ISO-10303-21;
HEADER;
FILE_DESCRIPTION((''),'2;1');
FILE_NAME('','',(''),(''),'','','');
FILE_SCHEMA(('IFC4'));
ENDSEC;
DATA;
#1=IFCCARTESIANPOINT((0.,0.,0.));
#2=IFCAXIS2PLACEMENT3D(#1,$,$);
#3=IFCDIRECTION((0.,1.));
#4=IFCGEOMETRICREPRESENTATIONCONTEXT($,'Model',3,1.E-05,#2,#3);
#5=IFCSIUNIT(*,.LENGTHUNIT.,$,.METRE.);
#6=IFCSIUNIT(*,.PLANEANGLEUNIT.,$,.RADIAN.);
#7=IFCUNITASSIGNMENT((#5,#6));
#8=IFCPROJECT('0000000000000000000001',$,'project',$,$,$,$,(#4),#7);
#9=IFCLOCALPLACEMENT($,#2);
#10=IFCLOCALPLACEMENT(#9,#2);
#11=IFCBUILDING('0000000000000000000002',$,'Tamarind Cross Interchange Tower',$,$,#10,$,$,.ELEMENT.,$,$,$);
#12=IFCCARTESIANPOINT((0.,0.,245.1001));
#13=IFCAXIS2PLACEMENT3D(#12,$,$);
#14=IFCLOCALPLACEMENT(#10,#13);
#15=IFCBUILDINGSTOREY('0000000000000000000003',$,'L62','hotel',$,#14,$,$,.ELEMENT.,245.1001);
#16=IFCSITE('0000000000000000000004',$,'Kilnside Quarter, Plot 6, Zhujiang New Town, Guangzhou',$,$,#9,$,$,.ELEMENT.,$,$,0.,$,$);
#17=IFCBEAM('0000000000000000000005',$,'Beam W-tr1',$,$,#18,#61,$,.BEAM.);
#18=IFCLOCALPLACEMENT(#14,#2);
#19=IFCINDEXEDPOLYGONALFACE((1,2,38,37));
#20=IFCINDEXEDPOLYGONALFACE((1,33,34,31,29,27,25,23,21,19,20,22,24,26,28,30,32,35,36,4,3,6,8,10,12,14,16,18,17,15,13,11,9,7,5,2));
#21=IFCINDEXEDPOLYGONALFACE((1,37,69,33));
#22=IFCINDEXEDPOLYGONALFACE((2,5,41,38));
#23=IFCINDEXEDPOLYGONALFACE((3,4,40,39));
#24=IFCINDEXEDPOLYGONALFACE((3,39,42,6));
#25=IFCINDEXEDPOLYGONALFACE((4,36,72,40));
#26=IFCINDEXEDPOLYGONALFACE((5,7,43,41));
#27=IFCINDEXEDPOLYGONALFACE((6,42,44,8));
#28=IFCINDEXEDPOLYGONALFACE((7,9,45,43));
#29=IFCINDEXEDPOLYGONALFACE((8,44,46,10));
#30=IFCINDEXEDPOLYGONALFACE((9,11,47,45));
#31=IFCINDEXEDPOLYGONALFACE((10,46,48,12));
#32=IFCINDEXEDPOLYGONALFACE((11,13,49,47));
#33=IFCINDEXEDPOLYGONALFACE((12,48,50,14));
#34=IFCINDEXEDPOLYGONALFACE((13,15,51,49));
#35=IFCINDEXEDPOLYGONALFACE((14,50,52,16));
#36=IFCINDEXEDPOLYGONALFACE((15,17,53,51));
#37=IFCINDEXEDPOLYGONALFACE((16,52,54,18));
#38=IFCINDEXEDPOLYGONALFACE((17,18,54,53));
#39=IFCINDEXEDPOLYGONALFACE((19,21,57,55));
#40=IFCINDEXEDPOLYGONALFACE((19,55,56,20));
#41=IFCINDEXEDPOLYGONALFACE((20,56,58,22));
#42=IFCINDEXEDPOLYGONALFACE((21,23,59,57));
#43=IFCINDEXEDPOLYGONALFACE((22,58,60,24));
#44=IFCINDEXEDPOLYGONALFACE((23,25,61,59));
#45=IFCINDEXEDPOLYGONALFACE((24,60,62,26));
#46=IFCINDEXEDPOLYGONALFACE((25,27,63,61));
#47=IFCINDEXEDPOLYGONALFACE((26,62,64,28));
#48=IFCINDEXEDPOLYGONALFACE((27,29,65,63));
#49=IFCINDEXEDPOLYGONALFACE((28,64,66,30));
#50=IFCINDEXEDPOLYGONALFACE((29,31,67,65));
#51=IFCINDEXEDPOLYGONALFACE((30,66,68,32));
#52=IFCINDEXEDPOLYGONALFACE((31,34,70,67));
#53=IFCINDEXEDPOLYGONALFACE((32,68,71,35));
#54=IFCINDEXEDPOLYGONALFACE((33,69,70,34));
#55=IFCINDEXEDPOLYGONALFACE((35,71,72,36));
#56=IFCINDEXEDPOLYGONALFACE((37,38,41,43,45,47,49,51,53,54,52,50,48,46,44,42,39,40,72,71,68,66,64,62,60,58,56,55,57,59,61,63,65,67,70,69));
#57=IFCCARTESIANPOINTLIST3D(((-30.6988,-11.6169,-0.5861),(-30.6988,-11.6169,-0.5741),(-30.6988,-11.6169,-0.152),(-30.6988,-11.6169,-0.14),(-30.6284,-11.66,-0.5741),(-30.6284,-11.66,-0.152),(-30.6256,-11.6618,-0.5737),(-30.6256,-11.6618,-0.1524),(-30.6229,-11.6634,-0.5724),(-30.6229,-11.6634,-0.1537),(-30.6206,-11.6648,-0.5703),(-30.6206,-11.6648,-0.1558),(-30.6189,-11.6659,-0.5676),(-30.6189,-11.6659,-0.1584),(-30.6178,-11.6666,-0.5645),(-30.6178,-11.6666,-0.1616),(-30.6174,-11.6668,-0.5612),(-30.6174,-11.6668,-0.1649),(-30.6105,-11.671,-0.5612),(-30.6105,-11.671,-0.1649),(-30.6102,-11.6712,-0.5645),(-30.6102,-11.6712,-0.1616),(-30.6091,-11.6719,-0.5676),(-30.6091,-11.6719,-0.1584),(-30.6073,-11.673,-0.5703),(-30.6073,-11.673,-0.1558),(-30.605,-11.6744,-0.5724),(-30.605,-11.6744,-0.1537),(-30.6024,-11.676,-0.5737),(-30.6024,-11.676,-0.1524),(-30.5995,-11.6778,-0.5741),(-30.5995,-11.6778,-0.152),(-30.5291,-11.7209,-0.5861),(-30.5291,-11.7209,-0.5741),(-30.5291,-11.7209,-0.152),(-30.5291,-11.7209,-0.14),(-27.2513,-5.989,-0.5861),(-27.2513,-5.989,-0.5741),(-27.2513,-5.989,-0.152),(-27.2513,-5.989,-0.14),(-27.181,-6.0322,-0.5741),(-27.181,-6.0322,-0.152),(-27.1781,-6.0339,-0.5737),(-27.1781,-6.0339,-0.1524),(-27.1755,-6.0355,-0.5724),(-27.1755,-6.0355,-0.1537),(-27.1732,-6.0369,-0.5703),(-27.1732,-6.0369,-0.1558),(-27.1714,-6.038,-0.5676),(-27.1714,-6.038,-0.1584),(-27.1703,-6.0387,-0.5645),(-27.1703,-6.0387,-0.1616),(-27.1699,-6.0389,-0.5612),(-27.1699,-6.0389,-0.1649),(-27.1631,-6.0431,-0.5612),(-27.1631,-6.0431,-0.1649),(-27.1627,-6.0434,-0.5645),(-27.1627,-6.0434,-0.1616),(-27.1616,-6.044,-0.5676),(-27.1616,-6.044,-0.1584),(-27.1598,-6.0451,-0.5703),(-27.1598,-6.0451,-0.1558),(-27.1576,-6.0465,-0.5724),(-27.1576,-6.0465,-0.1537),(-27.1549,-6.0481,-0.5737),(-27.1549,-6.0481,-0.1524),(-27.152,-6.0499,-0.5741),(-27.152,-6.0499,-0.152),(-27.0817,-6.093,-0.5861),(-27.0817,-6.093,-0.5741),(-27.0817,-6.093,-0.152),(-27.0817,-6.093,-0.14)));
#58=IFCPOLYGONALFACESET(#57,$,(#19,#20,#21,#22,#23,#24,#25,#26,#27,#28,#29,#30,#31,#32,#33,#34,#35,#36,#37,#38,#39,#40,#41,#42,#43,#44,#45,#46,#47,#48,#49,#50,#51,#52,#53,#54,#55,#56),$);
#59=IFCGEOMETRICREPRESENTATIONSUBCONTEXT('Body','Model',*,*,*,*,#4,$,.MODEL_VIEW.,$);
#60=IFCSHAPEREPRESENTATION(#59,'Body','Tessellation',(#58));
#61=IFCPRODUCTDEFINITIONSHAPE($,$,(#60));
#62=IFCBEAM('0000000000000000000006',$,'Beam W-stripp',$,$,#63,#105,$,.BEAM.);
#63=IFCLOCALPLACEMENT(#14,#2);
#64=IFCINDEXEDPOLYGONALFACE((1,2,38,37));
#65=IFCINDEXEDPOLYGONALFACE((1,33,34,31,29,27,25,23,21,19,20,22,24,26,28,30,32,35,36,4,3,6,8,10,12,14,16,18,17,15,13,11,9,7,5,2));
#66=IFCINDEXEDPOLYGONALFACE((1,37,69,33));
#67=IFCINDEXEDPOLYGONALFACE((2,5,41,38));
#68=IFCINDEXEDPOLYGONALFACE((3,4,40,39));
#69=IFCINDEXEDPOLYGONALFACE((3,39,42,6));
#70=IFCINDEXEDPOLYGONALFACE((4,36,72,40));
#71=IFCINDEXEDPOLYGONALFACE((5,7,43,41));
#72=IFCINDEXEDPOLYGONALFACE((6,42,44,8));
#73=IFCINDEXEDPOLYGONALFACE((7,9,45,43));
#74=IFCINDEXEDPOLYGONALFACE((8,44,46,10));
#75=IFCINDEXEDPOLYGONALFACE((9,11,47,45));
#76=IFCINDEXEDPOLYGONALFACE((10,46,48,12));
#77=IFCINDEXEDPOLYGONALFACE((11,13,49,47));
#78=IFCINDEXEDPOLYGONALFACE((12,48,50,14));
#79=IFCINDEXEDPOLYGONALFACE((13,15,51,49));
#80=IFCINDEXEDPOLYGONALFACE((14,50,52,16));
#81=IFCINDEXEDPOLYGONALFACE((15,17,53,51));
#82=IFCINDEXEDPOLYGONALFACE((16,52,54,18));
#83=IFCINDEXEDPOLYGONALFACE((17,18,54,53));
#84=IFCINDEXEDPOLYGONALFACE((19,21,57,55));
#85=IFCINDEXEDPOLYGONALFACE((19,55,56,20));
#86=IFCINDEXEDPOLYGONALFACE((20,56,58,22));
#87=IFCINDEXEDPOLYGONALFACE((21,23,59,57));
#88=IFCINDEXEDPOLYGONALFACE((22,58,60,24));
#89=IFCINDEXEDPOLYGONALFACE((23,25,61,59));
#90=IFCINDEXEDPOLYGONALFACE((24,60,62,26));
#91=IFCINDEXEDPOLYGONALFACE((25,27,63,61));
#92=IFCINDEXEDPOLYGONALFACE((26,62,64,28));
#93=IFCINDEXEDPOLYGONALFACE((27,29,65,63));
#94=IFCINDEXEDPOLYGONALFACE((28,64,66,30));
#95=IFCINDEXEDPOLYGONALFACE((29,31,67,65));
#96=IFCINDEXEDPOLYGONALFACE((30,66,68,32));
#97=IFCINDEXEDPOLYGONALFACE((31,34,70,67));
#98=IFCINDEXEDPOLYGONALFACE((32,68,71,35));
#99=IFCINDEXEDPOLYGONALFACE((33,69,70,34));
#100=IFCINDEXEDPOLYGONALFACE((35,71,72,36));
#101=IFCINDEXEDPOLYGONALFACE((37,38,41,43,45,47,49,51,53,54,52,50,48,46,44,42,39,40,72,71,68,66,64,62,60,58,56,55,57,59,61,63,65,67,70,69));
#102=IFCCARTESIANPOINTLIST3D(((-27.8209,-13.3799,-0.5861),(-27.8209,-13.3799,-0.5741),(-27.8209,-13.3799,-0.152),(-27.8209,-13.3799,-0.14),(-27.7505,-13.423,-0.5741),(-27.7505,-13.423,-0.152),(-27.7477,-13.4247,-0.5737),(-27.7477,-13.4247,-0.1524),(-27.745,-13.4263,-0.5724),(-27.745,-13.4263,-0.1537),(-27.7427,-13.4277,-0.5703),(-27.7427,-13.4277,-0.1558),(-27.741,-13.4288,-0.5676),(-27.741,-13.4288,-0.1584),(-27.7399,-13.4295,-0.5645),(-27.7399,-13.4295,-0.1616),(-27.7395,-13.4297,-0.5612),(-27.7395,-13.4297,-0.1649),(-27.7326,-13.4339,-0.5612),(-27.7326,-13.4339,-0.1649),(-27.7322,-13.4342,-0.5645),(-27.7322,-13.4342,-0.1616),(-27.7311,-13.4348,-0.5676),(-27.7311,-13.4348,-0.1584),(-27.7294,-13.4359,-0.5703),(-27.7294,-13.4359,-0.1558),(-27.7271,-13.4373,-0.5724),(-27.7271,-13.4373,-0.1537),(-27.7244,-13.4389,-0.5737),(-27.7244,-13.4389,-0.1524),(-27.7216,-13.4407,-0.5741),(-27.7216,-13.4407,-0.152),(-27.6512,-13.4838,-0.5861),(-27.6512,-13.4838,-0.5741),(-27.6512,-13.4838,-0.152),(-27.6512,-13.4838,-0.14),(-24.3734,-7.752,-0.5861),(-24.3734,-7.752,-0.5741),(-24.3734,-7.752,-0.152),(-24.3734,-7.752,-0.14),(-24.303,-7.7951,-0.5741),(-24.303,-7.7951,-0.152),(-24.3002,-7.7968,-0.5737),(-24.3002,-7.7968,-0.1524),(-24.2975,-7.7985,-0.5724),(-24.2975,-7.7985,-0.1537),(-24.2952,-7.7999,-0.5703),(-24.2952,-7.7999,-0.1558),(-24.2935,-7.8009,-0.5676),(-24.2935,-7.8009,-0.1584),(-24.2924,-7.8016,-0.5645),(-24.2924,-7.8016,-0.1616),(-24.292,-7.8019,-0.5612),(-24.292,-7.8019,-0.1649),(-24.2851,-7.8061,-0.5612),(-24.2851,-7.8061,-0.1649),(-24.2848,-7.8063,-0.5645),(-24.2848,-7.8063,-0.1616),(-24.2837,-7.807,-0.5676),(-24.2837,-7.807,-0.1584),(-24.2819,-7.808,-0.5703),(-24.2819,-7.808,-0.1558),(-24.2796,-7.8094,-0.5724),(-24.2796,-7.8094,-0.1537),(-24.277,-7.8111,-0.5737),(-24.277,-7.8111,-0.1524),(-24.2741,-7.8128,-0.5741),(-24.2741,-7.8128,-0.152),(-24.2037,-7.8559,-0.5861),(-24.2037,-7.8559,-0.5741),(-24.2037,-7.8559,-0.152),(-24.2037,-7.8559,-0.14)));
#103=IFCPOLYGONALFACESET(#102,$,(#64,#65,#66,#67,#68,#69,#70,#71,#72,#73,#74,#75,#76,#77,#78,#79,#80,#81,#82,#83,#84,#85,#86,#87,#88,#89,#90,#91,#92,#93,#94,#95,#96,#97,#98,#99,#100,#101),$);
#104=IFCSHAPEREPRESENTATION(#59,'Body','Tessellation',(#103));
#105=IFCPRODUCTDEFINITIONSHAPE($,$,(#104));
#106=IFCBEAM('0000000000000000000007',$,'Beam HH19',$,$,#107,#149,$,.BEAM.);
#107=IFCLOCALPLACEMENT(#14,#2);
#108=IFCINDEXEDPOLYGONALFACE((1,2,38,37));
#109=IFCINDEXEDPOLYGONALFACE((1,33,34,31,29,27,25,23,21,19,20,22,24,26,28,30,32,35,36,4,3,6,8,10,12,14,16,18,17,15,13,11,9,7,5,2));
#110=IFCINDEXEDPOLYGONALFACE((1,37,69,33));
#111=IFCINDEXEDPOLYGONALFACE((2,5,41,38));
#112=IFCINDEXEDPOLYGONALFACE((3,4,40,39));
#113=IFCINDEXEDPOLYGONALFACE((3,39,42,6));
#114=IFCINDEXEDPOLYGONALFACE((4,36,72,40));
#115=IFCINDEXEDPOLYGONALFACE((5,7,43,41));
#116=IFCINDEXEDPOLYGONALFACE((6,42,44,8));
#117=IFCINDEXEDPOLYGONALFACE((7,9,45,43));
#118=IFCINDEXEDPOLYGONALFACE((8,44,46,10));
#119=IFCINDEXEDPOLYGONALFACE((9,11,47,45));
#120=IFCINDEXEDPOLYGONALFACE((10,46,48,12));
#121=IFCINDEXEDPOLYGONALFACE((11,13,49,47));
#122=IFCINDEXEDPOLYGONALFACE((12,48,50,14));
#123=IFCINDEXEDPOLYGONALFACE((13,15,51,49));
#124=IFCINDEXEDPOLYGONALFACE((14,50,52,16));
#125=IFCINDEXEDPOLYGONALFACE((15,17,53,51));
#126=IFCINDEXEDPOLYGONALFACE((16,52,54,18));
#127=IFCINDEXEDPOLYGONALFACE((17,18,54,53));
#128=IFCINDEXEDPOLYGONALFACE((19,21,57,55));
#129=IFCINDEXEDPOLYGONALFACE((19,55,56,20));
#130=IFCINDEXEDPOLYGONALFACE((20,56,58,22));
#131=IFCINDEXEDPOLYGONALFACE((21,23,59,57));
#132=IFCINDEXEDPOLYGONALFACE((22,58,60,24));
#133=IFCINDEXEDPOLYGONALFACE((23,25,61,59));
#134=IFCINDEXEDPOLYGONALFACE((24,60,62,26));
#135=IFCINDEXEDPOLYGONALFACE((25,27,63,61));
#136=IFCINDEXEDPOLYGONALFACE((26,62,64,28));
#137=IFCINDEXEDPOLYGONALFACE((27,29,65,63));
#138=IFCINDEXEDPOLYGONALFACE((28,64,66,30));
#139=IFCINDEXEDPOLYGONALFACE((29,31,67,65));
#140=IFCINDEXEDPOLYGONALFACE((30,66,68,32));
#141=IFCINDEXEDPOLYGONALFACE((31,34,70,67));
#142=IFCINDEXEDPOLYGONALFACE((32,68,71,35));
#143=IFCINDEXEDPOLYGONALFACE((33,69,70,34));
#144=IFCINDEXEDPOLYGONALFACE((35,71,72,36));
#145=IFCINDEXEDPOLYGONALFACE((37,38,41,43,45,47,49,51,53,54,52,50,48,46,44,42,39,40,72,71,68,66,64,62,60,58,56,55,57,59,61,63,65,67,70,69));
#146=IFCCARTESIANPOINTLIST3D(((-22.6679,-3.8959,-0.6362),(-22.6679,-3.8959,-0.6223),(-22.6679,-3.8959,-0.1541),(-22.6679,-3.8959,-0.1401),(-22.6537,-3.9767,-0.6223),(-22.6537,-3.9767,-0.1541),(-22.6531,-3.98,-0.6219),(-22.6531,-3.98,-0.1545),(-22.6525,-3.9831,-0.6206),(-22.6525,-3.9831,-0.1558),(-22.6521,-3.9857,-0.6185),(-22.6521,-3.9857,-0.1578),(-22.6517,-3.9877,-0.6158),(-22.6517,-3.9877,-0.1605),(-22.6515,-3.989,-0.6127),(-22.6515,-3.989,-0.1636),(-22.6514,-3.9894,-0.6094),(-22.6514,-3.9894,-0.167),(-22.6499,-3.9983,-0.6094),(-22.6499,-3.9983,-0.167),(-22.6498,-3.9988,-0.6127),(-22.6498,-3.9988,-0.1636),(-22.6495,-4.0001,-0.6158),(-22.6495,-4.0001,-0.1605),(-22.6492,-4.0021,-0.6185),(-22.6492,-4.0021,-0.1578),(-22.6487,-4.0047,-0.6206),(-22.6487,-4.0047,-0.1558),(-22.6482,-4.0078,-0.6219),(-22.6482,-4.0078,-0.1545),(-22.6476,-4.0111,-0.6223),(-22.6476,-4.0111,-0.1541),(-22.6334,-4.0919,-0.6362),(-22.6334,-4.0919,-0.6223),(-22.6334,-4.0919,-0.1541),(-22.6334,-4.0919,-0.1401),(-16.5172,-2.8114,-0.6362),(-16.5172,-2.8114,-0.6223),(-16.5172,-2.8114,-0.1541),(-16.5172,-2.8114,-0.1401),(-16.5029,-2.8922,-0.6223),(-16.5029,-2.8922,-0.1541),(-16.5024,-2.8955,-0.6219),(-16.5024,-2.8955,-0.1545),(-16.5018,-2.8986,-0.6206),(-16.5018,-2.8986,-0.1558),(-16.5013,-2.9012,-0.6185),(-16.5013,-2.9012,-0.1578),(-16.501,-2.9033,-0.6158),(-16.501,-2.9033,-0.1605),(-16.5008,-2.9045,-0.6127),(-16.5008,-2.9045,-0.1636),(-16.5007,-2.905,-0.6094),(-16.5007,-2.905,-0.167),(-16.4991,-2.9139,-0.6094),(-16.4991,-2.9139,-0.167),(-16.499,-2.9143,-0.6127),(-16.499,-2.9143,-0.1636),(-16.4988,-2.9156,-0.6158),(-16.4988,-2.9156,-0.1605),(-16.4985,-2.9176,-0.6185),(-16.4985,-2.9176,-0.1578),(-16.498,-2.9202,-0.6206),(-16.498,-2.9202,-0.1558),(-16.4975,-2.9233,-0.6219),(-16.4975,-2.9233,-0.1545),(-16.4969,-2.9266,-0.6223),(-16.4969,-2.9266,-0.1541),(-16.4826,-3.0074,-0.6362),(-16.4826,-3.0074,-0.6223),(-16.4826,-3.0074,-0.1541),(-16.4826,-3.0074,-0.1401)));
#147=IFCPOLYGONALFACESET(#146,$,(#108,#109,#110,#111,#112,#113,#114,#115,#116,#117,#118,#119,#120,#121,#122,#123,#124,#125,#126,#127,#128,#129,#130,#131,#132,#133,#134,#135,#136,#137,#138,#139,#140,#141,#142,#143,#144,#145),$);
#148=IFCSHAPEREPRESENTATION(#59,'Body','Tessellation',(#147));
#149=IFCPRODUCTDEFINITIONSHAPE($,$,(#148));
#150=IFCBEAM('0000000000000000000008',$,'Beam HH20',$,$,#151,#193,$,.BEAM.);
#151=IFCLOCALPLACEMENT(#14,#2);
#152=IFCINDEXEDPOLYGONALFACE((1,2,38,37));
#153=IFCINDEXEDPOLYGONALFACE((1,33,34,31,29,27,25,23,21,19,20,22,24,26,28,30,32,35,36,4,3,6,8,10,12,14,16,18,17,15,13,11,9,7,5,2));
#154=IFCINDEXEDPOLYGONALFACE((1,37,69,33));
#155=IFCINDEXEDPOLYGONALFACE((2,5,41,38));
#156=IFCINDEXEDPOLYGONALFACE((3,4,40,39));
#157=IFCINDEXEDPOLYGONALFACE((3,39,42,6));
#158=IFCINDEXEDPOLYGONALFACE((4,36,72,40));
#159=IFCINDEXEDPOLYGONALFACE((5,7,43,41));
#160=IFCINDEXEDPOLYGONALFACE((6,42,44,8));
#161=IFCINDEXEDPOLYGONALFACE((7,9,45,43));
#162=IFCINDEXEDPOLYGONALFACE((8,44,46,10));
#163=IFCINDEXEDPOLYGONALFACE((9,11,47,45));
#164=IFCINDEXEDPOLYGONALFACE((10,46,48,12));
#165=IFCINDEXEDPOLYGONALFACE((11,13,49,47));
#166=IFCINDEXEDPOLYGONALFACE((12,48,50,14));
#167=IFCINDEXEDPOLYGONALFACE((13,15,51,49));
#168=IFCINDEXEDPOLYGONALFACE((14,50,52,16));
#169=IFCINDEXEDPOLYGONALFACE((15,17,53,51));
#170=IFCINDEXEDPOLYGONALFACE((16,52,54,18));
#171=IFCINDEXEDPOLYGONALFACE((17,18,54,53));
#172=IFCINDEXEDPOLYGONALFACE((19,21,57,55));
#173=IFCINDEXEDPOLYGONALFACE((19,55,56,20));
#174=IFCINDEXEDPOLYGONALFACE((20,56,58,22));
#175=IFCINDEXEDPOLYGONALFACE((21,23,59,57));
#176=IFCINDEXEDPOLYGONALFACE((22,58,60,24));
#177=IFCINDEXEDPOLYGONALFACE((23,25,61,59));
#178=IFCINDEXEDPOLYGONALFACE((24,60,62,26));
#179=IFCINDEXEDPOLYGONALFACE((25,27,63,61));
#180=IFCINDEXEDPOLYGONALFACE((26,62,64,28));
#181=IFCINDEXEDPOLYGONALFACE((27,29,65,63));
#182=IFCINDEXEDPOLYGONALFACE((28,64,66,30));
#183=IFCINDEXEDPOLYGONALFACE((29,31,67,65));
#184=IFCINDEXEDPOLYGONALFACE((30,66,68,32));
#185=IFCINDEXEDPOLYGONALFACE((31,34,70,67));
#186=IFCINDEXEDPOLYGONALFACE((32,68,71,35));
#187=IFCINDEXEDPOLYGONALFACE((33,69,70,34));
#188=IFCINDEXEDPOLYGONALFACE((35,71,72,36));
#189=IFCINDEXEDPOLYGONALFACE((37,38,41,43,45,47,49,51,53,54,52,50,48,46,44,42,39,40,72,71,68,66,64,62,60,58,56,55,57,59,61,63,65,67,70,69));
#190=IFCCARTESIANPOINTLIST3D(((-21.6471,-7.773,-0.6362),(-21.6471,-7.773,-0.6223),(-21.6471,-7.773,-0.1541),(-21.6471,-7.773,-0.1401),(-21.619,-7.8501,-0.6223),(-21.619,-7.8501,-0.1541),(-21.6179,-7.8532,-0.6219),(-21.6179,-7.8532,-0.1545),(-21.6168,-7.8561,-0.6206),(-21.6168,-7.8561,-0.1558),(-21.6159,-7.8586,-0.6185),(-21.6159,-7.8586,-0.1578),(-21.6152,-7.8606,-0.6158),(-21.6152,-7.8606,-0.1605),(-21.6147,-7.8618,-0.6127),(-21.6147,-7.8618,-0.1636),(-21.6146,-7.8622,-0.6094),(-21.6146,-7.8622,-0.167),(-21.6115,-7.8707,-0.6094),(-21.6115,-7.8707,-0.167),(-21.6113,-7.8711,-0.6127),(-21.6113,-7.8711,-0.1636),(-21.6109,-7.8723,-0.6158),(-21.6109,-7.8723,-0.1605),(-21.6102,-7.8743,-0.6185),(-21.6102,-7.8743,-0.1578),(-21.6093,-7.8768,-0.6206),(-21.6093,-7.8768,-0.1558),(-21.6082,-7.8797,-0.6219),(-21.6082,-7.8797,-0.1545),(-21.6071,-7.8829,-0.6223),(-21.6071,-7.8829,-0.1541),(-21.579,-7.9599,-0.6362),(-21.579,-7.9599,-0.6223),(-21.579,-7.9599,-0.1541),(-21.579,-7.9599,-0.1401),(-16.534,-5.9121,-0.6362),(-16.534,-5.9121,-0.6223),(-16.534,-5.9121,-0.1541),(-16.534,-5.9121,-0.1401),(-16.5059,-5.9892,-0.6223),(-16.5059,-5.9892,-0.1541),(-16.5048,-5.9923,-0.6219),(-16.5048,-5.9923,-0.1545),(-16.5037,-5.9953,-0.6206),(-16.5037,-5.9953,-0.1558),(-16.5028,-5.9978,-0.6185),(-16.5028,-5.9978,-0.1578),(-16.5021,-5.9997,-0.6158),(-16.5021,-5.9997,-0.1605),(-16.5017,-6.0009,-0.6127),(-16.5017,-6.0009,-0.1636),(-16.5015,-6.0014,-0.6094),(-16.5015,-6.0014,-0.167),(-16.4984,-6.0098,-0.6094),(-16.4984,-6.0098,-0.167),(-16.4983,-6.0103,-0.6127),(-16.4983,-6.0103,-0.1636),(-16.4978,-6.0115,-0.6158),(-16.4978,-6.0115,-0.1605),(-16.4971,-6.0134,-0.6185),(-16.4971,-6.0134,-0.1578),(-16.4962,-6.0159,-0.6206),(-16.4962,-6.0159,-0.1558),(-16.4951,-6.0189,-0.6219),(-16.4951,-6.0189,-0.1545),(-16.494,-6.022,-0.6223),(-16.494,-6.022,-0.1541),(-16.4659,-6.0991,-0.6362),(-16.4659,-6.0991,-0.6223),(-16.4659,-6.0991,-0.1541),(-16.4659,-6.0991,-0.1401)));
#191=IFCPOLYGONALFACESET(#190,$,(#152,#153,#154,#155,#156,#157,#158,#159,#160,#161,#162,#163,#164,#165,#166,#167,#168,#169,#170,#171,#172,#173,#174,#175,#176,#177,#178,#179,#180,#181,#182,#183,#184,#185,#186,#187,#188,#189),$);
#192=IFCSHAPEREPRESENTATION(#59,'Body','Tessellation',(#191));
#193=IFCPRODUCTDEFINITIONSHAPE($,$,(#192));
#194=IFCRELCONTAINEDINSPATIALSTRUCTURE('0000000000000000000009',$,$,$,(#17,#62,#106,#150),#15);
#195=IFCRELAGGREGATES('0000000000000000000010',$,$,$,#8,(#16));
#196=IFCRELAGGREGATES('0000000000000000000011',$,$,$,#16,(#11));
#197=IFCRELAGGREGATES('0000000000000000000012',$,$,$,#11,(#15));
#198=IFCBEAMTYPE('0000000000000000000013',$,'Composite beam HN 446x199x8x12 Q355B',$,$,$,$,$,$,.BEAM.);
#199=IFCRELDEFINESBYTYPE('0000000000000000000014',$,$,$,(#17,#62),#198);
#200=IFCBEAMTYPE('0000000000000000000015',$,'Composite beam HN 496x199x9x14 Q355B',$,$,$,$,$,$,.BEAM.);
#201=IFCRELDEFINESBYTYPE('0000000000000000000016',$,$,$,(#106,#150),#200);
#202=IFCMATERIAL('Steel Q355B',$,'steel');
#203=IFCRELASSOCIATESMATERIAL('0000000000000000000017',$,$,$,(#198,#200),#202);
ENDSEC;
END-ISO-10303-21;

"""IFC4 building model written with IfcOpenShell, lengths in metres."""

from ifc_helpers import new_model, si_unit, direction, frame, origin, origin_2d, place, context, subcontext, project, spatial, i_section, extrude, material, material_profile, profile_set, type_object, element, save


model = new_model("IFC4")

# Units and contexts
model_context = context("Model", 3, precision=1e-05, world=origin(), true_north=direction((0.0, 1.0)))
body_context = subcontext(model_context, "Body", "Model", "MODEL_VIEW")
ifc_project = project(units=[si_unit("LENGTHUNIT", "METRE"), si_unit("PLANEANGLEUNIT", "RADIAN")], contexts=[model_context])

# Site, building, storey
site_placement = place(None, origin())
site = spatial("IfcSite", under=ifc_project, at=site_placement, Name="Kilnside Quarter, Plot 6, Zhujiang New Town, Guangzhou", CompositionType="ELEMENT", RefElevation=0.0)
building_placement = place(site_placement, origin())
building = spatial("IfcBuilding", under=site, at=building_placement, Name="Tamarind Cross Interchange Tower", CompositionType="ELEMENT")
storey_placement = place(building_placement, frame((0.0, 0.0, 245.1001)))
storey = spatial("IfcBuildingStorey", under=building, at=storey_placement, Name="L62", Description="hotel", CompositionType="ELEMENT", Elevation=245.1001)

# Beams
ifc_material_1 = material(Name="Steel Q355B", Category="steel")
ifc_material_profile_1 = material_profile(ifc_material_1, i_section(OverallWidth=0.199, OverallDepth=0.446, WebThickness=0.0081, FlangeThickness=0.012, FilletRadius=0.0129, at=origin_2d()), Name="HN 446x199x8x12")
ifc_profile_set_1 = profile_set([ifc_material_profile_1], Name="Steel Q355B")
beam_type_1 = type_object("IfcBeamType", Name="Composite beam HN 446x199x8x12 Q355B", PredefinedType="BEAM", material=ifc_profile_set_1)
for number, where, z_axis, x_axis, name in (
    (1, (-27.1665, -6.041, -0.363), (-0.522356, -0.852727, 0.0), (0.852727, -0.522356, 0.0), "Beam W-tr1"),
    (2, (-24.2886, -7.804, -0.363), (-0.522356, -0.852727, 0.0), (0.852727, -0.522356, 0.0), "Beam W-stripp"),
):
    element("IfcBeam", number, at=place(storey_placement, frame(where, z_axis=z_axis, x_axis=x_axis)), inside=storey, type_object=beam_type_1, Name=name, PredefinedType="BEAM", context=body_context, shape_type="SweptSolid", body=[
        extrude(i_section(OverallWidth=0.199, OverallDepth=0.446, WebThickness=0.0081, FlangeThickness=0.012, FilletRadius=0.0129, at=origin_2d()), origin(), (0.0, 0.0, 1.0), 6.5999),
    ])
ifc_material_profile_2 = material_profile(ifc_material_1, i_section(OverallWidth=0.199, OverallDepth=0.4961, WebThickness=0.009, FlangeThickness=0.0139, FilletRadius=0.0129, at=origin_2d()), Name="HN 496x199x9x14")
ifc_profile_set_2 = profile_set([ifc_material_profile_2], Name="Steel Q355B")
beam_type_2 = type_object("IfcBeamType", Name="Composite beam HN 496x199x9x14 Q355B", PredefinedType="BEAM", material=ifc_profile_set_2)
beam_1_placement = place(storey_placement, frame((-22.6506, -3.9939, -0.3882), z_axis=(0.984809, 0.17364, 0.0), x_axis=(-0.17364, 0.984809, 0.0)))
element("IfcBeam", 3, at=beam_1_placement, inside=storey, type_object=beam_type_2, Name="Beam HH19", PredefinedType="BEAM", context=body_context, shape_type="SweptSolid", body=[
    extrude(i_section(OverallWidth=0.199, OverallDepth=0.4961, WebThickness=0.009, FlangeThickness=0.0139, FilletRadius=0.0129, at=origin_2d()), origin(), (0.0, 0.0, 1.0), 6.2456),
])
beam_2_placement = place(storey_placement, frame((-21.613, -7.8665, -0.3882), z_axis=(0.939702, 0.341995, 0.0), x_axis=(-0.341995, 0.939702, 0.0)))
element("IfcBeam", 4, at=beam_2_placement, inside=storey, type_object=beam_type_2, Name="Beam HH20", PredefinedType="BEAM", context=body_context, shape_type="SweptSolid", body=[
    extrude(i_section(OverallWidth=0.199, OverallDepth=0.4961, WebThickness=0.009, FlangeThickness=0.0139, FilletRadius=0.0129, at=origin_2d()), origin(), (0.0, 0.0, 1.0), 5.4412),
])

save(model, "model.ifc")
